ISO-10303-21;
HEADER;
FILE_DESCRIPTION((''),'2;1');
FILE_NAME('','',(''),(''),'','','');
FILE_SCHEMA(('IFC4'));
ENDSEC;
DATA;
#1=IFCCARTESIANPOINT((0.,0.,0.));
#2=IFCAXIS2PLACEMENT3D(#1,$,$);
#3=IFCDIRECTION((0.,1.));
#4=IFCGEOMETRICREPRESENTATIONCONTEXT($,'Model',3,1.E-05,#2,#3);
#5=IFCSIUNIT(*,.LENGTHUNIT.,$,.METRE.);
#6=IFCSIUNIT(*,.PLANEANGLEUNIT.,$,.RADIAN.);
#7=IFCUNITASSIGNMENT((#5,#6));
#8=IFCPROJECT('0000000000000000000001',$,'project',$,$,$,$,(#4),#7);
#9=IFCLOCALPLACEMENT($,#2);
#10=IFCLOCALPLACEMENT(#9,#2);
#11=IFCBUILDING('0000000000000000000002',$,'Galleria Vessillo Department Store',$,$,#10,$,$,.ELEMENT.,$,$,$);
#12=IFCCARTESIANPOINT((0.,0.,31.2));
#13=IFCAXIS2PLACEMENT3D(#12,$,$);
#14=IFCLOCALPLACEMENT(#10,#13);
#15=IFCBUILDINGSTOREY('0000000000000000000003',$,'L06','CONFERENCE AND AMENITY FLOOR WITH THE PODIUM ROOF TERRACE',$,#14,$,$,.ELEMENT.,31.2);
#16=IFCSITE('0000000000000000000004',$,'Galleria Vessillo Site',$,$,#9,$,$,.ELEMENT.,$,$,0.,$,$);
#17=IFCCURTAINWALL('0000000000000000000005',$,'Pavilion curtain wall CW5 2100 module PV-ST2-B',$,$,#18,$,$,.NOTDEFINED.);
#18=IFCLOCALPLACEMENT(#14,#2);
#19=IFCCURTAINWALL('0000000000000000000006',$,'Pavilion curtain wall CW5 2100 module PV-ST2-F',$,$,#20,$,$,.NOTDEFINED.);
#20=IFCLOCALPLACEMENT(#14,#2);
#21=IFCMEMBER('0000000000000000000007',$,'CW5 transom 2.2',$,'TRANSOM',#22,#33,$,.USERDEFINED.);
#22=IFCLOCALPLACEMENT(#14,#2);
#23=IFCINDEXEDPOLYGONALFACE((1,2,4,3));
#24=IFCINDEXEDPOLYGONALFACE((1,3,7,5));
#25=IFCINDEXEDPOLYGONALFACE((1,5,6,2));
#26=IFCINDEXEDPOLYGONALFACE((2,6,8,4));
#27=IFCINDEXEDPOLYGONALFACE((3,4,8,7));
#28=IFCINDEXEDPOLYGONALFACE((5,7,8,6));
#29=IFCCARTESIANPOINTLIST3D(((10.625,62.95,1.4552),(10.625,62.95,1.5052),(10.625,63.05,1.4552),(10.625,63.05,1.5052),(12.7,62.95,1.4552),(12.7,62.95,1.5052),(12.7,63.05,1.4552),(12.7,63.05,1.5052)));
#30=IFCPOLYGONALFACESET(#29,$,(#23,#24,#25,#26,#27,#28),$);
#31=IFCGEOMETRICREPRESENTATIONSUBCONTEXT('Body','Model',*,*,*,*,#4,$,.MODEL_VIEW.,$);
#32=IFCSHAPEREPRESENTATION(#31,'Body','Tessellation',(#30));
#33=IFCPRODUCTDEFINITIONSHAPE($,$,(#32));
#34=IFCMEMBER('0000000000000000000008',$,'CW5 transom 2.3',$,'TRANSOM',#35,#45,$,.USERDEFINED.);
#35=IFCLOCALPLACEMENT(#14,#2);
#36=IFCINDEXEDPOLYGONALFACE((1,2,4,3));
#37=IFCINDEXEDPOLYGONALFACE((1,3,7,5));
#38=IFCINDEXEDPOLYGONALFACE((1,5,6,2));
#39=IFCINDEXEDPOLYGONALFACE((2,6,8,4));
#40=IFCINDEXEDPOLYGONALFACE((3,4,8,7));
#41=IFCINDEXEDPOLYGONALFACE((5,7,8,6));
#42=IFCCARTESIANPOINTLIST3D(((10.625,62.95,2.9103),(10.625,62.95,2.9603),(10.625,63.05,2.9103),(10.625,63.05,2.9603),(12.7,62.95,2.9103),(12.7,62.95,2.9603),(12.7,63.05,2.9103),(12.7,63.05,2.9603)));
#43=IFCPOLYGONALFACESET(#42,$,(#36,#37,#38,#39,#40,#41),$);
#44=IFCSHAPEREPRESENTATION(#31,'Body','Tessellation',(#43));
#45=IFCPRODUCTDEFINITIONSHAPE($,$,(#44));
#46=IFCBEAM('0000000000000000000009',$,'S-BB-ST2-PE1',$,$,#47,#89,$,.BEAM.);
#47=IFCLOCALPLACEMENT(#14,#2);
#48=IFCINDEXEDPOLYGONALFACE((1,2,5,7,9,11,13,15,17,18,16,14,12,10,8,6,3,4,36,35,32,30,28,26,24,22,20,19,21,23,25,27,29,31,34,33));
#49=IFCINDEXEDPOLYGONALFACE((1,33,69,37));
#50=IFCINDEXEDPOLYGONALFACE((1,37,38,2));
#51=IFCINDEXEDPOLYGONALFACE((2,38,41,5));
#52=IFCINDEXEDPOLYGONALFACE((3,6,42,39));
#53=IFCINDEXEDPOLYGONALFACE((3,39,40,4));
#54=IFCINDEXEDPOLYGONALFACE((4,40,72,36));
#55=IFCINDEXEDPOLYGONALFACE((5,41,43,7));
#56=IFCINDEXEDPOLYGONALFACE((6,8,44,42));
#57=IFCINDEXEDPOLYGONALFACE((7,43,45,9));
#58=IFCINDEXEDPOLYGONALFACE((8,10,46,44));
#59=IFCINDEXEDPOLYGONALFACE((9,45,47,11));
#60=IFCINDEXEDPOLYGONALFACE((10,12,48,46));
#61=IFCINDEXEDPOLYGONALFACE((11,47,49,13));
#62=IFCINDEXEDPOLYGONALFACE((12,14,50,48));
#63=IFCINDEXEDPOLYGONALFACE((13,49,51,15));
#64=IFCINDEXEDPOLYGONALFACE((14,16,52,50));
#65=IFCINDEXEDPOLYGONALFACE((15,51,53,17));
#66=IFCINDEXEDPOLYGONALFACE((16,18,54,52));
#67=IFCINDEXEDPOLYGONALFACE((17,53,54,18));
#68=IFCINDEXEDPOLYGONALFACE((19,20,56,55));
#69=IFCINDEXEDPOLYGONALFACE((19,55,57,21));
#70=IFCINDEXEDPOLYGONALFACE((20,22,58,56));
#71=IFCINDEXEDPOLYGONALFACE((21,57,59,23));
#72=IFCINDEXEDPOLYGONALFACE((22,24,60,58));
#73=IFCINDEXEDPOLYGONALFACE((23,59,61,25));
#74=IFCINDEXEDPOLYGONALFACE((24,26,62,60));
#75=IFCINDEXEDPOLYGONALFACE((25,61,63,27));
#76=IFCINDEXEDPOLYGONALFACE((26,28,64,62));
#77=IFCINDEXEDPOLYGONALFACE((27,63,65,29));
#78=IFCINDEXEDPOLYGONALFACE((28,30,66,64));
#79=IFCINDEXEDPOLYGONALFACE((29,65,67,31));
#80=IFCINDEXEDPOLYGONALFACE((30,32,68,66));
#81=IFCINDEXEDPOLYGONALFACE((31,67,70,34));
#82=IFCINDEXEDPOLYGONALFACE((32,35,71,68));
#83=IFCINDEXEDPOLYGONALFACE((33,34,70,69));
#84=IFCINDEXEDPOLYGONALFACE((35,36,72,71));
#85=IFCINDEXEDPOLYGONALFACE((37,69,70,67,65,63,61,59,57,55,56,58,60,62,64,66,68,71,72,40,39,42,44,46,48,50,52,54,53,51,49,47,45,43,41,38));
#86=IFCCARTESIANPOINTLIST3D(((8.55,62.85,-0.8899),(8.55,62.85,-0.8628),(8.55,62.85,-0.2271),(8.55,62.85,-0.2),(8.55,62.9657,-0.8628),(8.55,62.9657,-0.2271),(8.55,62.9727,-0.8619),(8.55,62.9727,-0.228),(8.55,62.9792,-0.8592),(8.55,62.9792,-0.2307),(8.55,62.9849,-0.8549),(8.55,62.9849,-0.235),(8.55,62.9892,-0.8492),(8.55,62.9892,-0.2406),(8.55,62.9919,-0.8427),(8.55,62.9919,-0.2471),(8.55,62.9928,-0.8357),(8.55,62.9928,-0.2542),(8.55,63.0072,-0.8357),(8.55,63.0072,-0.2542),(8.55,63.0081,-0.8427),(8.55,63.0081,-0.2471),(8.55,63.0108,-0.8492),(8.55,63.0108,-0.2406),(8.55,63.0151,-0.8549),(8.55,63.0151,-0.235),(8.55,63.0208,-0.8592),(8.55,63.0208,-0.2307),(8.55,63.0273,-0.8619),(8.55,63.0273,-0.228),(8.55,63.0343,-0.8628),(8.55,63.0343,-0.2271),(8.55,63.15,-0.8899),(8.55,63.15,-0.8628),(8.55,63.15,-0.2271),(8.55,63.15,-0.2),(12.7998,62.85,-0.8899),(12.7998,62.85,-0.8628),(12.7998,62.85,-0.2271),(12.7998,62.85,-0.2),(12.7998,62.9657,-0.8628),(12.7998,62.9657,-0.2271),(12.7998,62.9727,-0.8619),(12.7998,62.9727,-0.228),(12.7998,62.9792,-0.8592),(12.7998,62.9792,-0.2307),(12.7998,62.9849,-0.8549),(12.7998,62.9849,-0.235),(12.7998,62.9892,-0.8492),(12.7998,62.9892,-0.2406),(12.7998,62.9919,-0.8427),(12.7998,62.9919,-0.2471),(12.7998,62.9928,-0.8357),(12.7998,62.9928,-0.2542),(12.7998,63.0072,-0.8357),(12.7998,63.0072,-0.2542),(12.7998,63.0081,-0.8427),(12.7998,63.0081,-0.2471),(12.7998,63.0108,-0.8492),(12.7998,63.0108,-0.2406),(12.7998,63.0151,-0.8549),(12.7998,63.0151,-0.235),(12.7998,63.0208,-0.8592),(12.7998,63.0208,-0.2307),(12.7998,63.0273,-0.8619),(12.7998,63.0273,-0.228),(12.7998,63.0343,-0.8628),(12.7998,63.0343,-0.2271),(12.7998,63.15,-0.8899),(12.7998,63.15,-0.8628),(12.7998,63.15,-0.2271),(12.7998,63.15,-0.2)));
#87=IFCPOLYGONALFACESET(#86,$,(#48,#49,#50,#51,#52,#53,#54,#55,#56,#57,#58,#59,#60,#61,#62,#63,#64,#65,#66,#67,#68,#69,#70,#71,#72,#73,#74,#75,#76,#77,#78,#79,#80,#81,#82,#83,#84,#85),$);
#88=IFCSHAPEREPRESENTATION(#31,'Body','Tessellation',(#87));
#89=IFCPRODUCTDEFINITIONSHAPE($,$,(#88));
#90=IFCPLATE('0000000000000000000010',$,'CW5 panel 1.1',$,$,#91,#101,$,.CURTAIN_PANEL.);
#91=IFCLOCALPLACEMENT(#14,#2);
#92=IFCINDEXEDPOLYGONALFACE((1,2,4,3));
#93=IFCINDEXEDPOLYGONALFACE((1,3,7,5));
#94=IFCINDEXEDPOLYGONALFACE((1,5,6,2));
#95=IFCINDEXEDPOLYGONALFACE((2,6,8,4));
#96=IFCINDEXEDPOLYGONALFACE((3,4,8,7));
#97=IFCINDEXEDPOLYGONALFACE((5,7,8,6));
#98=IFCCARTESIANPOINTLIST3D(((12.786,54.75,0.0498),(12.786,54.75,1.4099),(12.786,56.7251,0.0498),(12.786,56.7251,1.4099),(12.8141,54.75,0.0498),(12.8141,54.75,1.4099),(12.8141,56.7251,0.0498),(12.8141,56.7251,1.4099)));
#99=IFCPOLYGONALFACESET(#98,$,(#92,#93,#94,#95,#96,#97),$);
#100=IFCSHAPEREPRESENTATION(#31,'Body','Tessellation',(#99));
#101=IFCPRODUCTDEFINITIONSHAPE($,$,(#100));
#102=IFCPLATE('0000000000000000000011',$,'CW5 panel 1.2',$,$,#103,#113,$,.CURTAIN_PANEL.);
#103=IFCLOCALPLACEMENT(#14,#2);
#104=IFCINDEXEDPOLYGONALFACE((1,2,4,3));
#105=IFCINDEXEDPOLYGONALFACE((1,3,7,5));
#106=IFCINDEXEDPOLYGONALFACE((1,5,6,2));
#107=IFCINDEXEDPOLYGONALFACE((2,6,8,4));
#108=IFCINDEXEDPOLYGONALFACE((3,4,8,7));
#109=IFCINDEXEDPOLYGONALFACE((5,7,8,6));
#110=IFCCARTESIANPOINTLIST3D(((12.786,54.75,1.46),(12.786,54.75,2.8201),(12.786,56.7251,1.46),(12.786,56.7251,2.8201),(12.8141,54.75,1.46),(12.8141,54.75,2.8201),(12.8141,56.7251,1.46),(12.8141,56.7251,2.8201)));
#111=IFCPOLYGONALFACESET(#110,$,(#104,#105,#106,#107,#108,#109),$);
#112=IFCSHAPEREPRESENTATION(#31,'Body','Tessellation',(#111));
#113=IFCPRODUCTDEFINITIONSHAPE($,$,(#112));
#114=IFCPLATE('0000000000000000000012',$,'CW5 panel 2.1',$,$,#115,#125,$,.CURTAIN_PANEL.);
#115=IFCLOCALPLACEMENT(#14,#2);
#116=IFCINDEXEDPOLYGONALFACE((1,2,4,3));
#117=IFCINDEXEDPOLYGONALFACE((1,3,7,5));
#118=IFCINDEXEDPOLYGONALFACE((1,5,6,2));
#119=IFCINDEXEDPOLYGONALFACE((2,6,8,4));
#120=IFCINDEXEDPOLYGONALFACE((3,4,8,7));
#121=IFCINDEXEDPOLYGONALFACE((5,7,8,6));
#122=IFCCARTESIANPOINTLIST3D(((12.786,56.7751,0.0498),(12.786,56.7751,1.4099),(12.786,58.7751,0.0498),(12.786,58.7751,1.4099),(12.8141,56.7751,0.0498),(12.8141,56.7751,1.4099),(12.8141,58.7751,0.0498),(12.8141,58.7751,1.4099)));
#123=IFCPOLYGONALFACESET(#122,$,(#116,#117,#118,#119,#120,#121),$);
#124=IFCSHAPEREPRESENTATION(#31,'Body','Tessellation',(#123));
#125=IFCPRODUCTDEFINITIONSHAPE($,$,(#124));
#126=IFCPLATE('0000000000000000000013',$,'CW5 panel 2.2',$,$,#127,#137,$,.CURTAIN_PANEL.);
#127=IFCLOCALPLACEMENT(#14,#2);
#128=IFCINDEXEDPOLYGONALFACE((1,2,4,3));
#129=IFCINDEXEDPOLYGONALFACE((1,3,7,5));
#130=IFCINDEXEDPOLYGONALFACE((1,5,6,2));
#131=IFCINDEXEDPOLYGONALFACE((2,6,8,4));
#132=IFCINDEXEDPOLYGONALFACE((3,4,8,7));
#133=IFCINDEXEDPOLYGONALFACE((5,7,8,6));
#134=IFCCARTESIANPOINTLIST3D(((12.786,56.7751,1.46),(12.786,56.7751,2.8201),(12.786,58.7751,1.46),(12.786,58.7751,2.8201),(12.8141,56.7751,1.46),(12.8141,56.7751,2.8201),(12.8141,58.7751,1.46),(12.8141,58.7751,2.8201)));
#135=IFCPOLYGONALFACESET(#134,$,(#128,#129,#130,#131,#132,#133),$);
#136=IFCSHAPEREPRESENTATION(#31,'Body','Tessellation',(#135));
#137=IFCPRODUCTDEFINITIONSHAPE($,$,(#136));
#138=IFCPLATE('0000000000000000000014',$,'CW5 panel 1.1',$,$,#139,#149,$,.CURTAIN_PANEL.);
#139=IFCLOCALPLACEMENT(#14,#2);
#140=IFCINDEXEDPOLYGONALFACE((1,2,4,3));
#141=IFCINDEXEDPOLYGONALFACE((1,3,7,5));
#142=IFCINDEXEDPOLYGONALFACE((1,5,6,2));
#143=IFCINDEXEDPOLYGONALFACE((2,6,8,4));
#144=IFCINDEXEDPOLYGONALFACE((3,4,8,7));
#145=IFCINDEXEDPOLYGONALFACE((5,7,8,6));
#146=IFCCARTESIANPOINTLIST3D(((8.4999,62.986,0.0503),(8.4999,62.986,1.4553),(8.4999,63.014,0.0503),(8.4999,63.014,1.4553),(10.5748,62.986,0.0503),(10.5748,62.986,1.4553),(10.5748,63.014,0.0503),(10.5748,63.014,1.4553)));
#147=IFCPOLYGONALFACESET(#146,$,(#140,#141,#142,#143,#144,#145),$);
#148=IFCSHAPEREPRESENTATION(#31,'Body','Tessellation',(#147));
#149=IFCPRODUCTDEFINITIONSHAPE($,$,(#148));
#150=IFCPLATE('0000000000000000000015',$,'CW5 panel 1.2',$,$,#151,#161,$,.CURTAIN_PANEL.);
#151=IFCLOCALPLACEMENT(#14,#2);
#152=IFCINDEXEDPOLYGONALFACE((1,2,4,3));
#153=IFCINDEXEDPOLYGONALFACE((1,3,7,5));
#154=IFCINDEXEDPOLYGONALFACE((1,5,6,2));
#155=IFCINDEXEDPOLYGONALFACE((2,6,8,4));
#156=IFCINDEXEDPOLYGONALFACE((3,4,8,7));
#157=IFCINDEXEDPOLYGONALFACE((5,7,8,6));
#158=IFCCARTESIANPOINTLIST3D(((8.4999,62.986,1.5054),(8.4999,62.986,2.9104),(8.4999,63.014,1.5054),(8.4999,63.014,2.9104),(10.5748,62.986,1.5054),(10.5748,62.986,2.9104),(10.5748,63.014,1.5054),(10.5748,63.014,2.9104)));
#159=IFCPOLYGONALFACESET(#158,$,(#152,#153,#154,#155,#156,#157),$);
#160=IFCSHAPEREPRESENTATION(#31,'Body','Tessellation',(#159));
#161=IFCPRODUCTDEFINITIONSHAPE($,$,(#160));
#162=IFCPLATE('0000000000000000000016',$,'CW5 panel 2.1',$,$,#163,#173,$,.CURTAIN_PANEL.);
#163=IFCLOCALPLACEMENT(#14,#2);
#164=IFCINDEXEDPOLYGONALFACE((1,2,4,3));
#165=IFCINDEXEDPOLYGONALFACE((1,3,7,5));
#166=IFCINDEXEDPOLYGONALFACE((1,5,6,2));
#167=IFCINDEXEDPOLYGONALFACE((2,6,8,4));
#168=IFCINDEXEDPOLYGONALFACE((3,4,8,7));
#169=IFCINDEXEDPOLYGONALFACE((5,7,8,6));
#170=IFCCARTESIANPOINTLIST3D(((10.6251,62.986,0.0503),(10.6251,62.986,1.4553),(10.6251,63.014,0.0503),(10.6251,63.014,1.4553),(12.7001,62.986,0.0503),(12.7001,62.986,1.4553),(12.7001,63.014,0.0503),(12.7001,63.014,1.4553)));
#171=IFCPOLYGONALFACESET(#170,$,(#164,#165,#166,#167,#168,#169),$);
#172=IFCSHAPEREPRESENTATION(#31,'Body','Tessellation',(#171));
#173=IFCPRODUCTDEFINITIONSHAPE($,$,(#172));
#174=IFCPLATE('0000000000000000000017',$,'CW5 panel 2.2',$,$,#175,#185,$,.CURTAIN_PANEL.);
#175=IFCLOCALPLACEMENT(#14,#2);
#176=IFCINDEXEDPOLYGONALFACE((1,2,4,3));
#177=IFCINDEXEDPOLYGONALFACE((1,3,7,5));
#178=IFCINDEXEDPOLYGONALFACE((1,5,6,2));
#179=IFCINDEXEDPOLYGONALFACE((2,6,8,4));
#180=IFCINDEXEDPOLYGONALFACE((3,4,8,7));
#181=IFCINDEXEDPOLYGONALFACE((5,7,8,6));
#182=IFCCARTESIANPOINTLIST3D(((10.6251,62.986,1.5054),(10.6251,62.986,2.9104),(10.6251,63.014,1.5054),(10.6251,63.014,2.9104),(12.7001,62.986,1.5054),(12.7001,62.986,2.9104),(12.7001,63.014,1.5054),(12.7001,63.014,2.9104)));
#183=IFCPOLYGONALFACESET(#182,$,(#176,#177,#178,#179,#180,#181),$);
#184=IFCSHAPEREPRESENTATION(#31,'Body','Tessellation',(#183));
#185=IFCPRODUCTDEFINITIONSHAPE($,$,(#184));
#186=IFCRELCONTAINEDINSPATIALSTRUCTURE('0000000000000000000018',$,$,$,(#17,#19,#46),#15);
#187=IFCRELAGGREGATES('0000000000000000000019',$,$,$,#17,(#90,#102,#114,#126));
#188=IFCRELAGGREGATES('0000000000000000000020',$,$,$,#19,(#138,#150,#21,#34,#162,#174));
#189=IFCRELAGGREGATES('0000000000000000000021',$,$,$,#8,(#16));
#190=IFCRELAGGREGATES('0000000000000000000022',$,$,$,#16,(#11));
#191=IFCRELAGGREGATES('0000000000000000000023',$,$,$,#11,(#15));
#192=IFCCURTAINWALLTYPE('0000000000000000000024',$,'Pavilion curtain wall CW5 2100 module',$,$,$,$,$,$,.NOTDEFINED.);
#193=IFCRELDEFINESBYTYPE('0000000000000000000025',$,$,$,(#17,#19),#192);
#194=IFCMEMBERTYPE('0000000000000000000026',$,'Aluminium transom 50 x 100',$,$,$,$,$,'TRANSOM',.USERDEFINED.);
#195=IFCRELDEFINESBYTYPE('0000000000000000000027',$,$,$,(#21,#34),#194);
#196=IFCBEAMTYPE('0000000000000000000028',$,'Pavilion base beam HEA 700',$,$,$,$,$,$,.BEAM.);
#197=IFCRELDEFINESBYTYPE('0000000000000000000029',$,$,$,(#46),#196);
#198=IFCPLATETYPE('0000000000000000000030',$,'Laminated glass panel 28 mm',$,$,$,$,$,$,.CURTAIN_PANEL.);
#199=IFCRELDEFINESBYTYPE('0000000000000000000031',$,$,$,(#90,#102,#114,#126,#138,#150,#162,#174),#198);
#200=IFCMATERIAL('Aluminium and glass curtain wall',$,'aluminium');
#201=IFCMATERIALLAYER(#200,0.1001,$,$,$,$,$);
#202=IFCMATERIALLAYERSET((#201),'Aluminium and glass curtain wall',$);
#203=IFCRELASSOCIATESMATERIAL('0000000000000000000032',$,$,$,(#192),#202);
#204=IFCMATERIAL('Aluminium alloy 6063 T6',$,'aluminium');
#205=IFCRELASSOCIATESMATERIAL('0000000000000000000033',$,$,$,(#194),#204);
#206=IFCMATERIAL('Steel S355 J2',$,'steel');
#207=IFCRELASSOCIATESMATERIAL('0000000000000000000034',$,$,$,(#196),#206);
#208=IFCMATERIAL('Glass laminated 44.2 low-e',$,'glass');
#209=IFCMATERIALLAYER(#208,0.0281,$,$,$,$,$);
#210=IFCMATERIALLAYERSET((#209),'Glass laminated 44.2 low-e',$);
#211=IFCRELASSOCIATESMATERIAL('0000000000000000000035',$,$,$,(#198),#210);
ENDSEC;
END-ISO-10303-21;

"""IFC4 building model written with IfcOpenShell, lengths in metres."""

from ifc_helpers import new_model, si_unit, direction, frame, origin, origin_2d, place, context, subcontext, project, spatial, rectangle, i_section, extrude, material, layer, layer_set, material_profile, profile_set, type_object, element, aggregate, save


model = new_model("IFC4")

# Units and contexts
model_context = context("Model", 3, precision=1e-05, world=origin(), true_north=direction((0.0, 1.0)))
body_context = subcontext(model_context, "Body", "Model", "MODEL_VIEW")
ifc_project = project(units=[si_unit("LENGTHUNIT", "METRE"), si_unit("PLANEANGLEUNIT", "RADIAN")], contexts=[model_context])

# Site, building, storey
site_placement = place(None, origin())
site = spatial("IfcSite", under=ifc_project, at=site_placement, Name="Galleria Vessillo Site", CompositionType="ELEMENT", RefElevation=0.0)
building_placement = place(site_placement, origin())
building = spatial("IfcBuilding", under=site, at=building_placement, Name="Galleria Vessillo Department Store", CompositionType="ELEMENT")
storey_placement = place(building_placement, frame((0.0, 0.0, 31.2)))
storey = spatial("IfcBuildingStorey", under=building, at=storey_placement, Name="L06", Description="CONFERENCE AND AMENITY FLOOR WITH THE PODIUM ROOF TERRACE", CompositionType="ELEMENT", Elevation=31.2)

# Curtain walls
ifc_material_1 = material(Name="Aluminium and glass curtain wall", Category="aluminium")
ifc_layer_1 = layer(ifc_material_1, 0.1001)
ifc_layer_set_1 = layer_set([ifc_layer_1], Name="Aluminium and glass curtain wall")
curtain_wall_type = type_object("IfcCurtainWallType", Name="Pavilion curtain wall CW5 2100 module", PredefinedType="NOTDEFINED", material=ifc_layer_set_1)
curtain_wall_1_placement = place(storey_placement, origin())
curtain_wall_1 = element("IfcCurtainWall", 1, at=curtain_wall_1_placement, inside=storey, type_object=curtain_wall_type, Name="Pavilion curtain wall CW5 2100 module PV-ST2-B", PredefinedType="NOTDEFINED")
curtain_wall_2_placement = place(storey_placement, origin())
curtain_wall_2 = element("IfcCurtainWall", 2, at=curtain_wall_2_placement, inside=storey, type_object=curtain_wall_type, Name="Pavilion curtain wall CW5 2100 module PV-ST2-F", PredefinedType="NOTDEFINED")

# Members
ifc_material_2 = material(Name="Aluminium alloy 6063 T6", Category="aluminium")
ifc_material_profile_1 = material_profile(ifc_material_2, rectangle(XDim=0.1001, YDim=0.05, at=origin_2d()), Name="AL 50x100")
ifc_profile_set_1 = profile_set([ifc_material_profile_1], Name="Aluminium alloy 6063 T6")
member_type_1 = type_object("IfcMemberType", Name="Aluminium transom 50 x 100", ElementType="TRANSOM", PredefinedType="USERDEFINED", material=ifc_profile_set_1)
member_1_placement = place(storey_placement, frame((10.625, 63.0, 1.4802), z_axis=(1.0, 0.0, 0.0), x_axis=(0.0, 1.0, 0.0)))
member_1 = element("IfcMember", 3, at=member_1_placement, type_object=member_type_1, Name="CW5 transom 2.2", ObjectType="TRANSOM", PredefinedType="USERDEFINED", context=body_context, shape_type="SweptSolid", body=[
    extrude(rectangle(XDim=0.1001, YDim=0.05, at=origin_2d()), origin(), (0.0, 0.0, 1.0), 2.075),
])
member_2_placement = place(storey_placement, frame((10.625, 63.0, 2.9353), z_axis=(1.0, 0.0, 0.0), x_axis=(0.0, 1.0, 0.0)))
member_2 = element("IfcMember", 4, at=member_2_placement, type_object=member_type_1, Name="CW5 transom 2.3", ObjectType="TRANSOM", PredefinedType="USERDEFINED", context=body_context, shape_type="SweptSolid", body=[
    extrude(rectangle(XDim=0.1001, YDim=0.05, at=origin_2d()), origin(), (0.0, 0.0, 1.0), 2.075),
])

# Beam
ifc_material_3 = material(Name="Steel S355 J2", Category="steel")
ifc_material_profile_2 = material_profile(ifc_material_3, i_section(OverallWidth=0.3, OverallDepth=0.6899, WebThickness=0.0144, FlangeThickness=0.0271, FilletRadius=0.0271, at=origin_2d()), Name="HEA 700")
ifc_profile_set_2 = profile_set([ifc_material_profile_2], Name="Steel S355 J2")
beam_type = type_object("IfcBeamType", Name="Pavilion base beam HEA 700", PredefinedType="BEAM", material=ifc_profile_set_2)
beam_placement = place(storey_placement, frame((8.55, 63.0, -0.5449), z_axis=(1.0, 0.0, 0.0), x_axis=(0.0, 1.0, 0.0)))
element("IfcBeam", 5, at=beam_placement, inside=storey, type_object=beam_type, Name="S-BB-ST2-PE1", PredefinedType="BEAM", context=body_context, shape_type="SweptSolid", body=[
    extrude(i_section(OverallWidth=0.3, OverallDepth=0.6899, WebThickness=0.0144, FlangeThickness=0.0271, FilletRadius=0.0271, at=origin_2d()), origin(), (0.0, 0.0, 1.0), 4.2498),
])

# Plates
ifc_material_4 = material(Name="Glass laminated 44.2 low-e", Category="glass")
ifc_layer_2 = layer(ifc_material_4, 0.0281)
ifc_layer_set_2 = layer_set([ifc_layer_2], Name="Glass laminated 44.2 low-e")
plate_type = type_object("IfcPlateType", Name="Laminated glass panel 28 mm", PredefinedType="CURTAIN_PANEL", material=ifc_layer_set_2)
plate_1_placement = place(storey_placement, frame((12.8, 55.7375, 0.0498), z_axis=(0.0, 0.0, 1.0), x_axis=(0.0, 1.0, 0.0)))
plate_1 = element("IfcPlate", 6, at=plate_1_placement, type_object=plate_type, Name="CW5 panel 1.1", PredefinedType="CURTAIN_PANEL", context=body_context, shape_type="SweptSolid", body=[
    extrude(rectangle(XDim=1.9751, YDim=0.0281, at=origin_2d()), origin(), (0.0, 0.0, 1.0), 1.3601),
])
plate_2_placement = place(storey_placement, frame((12.8, 55.7375, 1.46), z_axis=(0.0, 0.0, 1.0), x_axis=(0.0, 1.0, 0.0)))
plate_2 = element("IfcPlate", 7, at=plate_2_placement, type_object=plate_type, Name="CW5 panel 1.2", PredefinedType="CURTAIN_PANEL", context=body_context, shape_type="SweptSolid", body=[
    extrude(rectangle(XDim=1.9751, YDim=0.0281, at=origin_2d()), origin(), (0.0, 0.0, 1.0), 1.3601),
])
plate_3_placement = place(storey_placement, frame((12.8, 57.7751, 0.0498), z_axis=(0.0, 0.0, 1.0), x_axis=(0.0, 1.0, 0.0)))
plate_3 = element("IfcPlate", 8, at=plate_3_placement, type_object=plate_type, Name="CW5 panel 2.1", PredefinedType="CURTAIN_PANEL", context=body_context, shape_type="SweptSolid", body=[
    extrude(rectangle(XDim=2.0, YDim=0.0281, at=origin_2d()), origin(), (0.0, 0.0, 1.0), 1.3601),
])
plate_4_placement = place(storey_placement, frame((12.8, 57.7751, 1.46), z_axis=(0.0, 0.0, 1.0), x_axis=(0.0, 1.0, 0.0)))
plate_4 = element("IfcPlate", 9, at=plate_4_placement, type_object=plate_type, Name="CW5 panel 2.2", PredefinedType="CURTAIN_PANEL", context=body_context, shape_type="SweptSolid", body=[
    extrude(rectangle(XDim=2.0, YDim=0.0281, at=origin_2d()), origin(), (0.0, 0.0, 1.0), 1.3601),
])
aggregate(curtain_wall_1, [plate_1, plate_2, plate_3, plate_4])
plate_5_placement = place(storey_placement, frame((9.5374, 63.0, 0.0503), z_axis=(0.0, 0.0, 1.0), x_axis=(1.0, 0.0, 0.0)))
plate_5 = element("IfcPlate", 10, at=plate_5_placement, type_object=plate_type, Name="CW5 panel 1.1", PredefinedType="CURTAIN_PANEL", context=body_context, shape_type="SweptSolid", body=[
    extrude(rectangle(XDim=2.075, YDim=0.0281, at=origin_2d()), origin(), (0.0, 0.0, 1.0), 1.405),
])
plate_6_placement = place(storey_placement, frame((9.5374, 63.0, 1.5054), z_axis=(0.0, 0.0, 1.0), x_axis=(1.0, 0.0, 0.0)))
plate_6 = element("IfcPlate", 11, at=plate_6_placement, type_object=plate_type, Name="CW5 panel 1.2", PredefinedType="CURTAIN_PANEL", context=body_context, shape_type="SweptSolid", body=[
    extrude(rectangle(XDim=2.075, YDim=0.0281, at=origin_2d()), origin(), (0.0, 0.0, 1.0), 1.405),
])
plate_7_placement = place(storey_placement, frame((11.6626, 63.0, 0.0503), z_axis=(0.0, 0.0, 1.0), x_axis=(1.0, 0.0, 0.0)))
plate_7 = element("IfcPlate", 12, at=plate_7_placement, type_object=plate_type, Name="CW5 panel 2.1", PredefinedType="CURTAIN_PANEL", context=body_context, shape_type="SweptSolid", body=[
    extrude(rectangle(XDim=2.075, YDim=0.0281, at=origin_2d()), origin(), (0.0, 0.0, 1.0), 1.405),
])
plate_8_placement = place(storey_placement, frame((11.6626, 63.0, 1.5054), z_axis=(0.0, 0.0, 1.0), x_axis=(1.0, 0.0, 0.0)))
plate_8 = element("IfcPlate", 13, at=plate_8_placement, type_object=plate_type, Name="CW5 panel 2.2", PredefinedType="CURTAIN_PANEL", context=body_context, shape_type="SweptSolid", body=[
    extrude(rectangle(XDim=2.075, YDim=0.0281, at=origin_2d()), origin(), (0.0, 0.0, 1.0), 1.405),
])
aggregate(curtain_wall_2, [plate_5, plate_6, member_1, member_2, plate_7, plate_8])

save(model, "model.ifc")
